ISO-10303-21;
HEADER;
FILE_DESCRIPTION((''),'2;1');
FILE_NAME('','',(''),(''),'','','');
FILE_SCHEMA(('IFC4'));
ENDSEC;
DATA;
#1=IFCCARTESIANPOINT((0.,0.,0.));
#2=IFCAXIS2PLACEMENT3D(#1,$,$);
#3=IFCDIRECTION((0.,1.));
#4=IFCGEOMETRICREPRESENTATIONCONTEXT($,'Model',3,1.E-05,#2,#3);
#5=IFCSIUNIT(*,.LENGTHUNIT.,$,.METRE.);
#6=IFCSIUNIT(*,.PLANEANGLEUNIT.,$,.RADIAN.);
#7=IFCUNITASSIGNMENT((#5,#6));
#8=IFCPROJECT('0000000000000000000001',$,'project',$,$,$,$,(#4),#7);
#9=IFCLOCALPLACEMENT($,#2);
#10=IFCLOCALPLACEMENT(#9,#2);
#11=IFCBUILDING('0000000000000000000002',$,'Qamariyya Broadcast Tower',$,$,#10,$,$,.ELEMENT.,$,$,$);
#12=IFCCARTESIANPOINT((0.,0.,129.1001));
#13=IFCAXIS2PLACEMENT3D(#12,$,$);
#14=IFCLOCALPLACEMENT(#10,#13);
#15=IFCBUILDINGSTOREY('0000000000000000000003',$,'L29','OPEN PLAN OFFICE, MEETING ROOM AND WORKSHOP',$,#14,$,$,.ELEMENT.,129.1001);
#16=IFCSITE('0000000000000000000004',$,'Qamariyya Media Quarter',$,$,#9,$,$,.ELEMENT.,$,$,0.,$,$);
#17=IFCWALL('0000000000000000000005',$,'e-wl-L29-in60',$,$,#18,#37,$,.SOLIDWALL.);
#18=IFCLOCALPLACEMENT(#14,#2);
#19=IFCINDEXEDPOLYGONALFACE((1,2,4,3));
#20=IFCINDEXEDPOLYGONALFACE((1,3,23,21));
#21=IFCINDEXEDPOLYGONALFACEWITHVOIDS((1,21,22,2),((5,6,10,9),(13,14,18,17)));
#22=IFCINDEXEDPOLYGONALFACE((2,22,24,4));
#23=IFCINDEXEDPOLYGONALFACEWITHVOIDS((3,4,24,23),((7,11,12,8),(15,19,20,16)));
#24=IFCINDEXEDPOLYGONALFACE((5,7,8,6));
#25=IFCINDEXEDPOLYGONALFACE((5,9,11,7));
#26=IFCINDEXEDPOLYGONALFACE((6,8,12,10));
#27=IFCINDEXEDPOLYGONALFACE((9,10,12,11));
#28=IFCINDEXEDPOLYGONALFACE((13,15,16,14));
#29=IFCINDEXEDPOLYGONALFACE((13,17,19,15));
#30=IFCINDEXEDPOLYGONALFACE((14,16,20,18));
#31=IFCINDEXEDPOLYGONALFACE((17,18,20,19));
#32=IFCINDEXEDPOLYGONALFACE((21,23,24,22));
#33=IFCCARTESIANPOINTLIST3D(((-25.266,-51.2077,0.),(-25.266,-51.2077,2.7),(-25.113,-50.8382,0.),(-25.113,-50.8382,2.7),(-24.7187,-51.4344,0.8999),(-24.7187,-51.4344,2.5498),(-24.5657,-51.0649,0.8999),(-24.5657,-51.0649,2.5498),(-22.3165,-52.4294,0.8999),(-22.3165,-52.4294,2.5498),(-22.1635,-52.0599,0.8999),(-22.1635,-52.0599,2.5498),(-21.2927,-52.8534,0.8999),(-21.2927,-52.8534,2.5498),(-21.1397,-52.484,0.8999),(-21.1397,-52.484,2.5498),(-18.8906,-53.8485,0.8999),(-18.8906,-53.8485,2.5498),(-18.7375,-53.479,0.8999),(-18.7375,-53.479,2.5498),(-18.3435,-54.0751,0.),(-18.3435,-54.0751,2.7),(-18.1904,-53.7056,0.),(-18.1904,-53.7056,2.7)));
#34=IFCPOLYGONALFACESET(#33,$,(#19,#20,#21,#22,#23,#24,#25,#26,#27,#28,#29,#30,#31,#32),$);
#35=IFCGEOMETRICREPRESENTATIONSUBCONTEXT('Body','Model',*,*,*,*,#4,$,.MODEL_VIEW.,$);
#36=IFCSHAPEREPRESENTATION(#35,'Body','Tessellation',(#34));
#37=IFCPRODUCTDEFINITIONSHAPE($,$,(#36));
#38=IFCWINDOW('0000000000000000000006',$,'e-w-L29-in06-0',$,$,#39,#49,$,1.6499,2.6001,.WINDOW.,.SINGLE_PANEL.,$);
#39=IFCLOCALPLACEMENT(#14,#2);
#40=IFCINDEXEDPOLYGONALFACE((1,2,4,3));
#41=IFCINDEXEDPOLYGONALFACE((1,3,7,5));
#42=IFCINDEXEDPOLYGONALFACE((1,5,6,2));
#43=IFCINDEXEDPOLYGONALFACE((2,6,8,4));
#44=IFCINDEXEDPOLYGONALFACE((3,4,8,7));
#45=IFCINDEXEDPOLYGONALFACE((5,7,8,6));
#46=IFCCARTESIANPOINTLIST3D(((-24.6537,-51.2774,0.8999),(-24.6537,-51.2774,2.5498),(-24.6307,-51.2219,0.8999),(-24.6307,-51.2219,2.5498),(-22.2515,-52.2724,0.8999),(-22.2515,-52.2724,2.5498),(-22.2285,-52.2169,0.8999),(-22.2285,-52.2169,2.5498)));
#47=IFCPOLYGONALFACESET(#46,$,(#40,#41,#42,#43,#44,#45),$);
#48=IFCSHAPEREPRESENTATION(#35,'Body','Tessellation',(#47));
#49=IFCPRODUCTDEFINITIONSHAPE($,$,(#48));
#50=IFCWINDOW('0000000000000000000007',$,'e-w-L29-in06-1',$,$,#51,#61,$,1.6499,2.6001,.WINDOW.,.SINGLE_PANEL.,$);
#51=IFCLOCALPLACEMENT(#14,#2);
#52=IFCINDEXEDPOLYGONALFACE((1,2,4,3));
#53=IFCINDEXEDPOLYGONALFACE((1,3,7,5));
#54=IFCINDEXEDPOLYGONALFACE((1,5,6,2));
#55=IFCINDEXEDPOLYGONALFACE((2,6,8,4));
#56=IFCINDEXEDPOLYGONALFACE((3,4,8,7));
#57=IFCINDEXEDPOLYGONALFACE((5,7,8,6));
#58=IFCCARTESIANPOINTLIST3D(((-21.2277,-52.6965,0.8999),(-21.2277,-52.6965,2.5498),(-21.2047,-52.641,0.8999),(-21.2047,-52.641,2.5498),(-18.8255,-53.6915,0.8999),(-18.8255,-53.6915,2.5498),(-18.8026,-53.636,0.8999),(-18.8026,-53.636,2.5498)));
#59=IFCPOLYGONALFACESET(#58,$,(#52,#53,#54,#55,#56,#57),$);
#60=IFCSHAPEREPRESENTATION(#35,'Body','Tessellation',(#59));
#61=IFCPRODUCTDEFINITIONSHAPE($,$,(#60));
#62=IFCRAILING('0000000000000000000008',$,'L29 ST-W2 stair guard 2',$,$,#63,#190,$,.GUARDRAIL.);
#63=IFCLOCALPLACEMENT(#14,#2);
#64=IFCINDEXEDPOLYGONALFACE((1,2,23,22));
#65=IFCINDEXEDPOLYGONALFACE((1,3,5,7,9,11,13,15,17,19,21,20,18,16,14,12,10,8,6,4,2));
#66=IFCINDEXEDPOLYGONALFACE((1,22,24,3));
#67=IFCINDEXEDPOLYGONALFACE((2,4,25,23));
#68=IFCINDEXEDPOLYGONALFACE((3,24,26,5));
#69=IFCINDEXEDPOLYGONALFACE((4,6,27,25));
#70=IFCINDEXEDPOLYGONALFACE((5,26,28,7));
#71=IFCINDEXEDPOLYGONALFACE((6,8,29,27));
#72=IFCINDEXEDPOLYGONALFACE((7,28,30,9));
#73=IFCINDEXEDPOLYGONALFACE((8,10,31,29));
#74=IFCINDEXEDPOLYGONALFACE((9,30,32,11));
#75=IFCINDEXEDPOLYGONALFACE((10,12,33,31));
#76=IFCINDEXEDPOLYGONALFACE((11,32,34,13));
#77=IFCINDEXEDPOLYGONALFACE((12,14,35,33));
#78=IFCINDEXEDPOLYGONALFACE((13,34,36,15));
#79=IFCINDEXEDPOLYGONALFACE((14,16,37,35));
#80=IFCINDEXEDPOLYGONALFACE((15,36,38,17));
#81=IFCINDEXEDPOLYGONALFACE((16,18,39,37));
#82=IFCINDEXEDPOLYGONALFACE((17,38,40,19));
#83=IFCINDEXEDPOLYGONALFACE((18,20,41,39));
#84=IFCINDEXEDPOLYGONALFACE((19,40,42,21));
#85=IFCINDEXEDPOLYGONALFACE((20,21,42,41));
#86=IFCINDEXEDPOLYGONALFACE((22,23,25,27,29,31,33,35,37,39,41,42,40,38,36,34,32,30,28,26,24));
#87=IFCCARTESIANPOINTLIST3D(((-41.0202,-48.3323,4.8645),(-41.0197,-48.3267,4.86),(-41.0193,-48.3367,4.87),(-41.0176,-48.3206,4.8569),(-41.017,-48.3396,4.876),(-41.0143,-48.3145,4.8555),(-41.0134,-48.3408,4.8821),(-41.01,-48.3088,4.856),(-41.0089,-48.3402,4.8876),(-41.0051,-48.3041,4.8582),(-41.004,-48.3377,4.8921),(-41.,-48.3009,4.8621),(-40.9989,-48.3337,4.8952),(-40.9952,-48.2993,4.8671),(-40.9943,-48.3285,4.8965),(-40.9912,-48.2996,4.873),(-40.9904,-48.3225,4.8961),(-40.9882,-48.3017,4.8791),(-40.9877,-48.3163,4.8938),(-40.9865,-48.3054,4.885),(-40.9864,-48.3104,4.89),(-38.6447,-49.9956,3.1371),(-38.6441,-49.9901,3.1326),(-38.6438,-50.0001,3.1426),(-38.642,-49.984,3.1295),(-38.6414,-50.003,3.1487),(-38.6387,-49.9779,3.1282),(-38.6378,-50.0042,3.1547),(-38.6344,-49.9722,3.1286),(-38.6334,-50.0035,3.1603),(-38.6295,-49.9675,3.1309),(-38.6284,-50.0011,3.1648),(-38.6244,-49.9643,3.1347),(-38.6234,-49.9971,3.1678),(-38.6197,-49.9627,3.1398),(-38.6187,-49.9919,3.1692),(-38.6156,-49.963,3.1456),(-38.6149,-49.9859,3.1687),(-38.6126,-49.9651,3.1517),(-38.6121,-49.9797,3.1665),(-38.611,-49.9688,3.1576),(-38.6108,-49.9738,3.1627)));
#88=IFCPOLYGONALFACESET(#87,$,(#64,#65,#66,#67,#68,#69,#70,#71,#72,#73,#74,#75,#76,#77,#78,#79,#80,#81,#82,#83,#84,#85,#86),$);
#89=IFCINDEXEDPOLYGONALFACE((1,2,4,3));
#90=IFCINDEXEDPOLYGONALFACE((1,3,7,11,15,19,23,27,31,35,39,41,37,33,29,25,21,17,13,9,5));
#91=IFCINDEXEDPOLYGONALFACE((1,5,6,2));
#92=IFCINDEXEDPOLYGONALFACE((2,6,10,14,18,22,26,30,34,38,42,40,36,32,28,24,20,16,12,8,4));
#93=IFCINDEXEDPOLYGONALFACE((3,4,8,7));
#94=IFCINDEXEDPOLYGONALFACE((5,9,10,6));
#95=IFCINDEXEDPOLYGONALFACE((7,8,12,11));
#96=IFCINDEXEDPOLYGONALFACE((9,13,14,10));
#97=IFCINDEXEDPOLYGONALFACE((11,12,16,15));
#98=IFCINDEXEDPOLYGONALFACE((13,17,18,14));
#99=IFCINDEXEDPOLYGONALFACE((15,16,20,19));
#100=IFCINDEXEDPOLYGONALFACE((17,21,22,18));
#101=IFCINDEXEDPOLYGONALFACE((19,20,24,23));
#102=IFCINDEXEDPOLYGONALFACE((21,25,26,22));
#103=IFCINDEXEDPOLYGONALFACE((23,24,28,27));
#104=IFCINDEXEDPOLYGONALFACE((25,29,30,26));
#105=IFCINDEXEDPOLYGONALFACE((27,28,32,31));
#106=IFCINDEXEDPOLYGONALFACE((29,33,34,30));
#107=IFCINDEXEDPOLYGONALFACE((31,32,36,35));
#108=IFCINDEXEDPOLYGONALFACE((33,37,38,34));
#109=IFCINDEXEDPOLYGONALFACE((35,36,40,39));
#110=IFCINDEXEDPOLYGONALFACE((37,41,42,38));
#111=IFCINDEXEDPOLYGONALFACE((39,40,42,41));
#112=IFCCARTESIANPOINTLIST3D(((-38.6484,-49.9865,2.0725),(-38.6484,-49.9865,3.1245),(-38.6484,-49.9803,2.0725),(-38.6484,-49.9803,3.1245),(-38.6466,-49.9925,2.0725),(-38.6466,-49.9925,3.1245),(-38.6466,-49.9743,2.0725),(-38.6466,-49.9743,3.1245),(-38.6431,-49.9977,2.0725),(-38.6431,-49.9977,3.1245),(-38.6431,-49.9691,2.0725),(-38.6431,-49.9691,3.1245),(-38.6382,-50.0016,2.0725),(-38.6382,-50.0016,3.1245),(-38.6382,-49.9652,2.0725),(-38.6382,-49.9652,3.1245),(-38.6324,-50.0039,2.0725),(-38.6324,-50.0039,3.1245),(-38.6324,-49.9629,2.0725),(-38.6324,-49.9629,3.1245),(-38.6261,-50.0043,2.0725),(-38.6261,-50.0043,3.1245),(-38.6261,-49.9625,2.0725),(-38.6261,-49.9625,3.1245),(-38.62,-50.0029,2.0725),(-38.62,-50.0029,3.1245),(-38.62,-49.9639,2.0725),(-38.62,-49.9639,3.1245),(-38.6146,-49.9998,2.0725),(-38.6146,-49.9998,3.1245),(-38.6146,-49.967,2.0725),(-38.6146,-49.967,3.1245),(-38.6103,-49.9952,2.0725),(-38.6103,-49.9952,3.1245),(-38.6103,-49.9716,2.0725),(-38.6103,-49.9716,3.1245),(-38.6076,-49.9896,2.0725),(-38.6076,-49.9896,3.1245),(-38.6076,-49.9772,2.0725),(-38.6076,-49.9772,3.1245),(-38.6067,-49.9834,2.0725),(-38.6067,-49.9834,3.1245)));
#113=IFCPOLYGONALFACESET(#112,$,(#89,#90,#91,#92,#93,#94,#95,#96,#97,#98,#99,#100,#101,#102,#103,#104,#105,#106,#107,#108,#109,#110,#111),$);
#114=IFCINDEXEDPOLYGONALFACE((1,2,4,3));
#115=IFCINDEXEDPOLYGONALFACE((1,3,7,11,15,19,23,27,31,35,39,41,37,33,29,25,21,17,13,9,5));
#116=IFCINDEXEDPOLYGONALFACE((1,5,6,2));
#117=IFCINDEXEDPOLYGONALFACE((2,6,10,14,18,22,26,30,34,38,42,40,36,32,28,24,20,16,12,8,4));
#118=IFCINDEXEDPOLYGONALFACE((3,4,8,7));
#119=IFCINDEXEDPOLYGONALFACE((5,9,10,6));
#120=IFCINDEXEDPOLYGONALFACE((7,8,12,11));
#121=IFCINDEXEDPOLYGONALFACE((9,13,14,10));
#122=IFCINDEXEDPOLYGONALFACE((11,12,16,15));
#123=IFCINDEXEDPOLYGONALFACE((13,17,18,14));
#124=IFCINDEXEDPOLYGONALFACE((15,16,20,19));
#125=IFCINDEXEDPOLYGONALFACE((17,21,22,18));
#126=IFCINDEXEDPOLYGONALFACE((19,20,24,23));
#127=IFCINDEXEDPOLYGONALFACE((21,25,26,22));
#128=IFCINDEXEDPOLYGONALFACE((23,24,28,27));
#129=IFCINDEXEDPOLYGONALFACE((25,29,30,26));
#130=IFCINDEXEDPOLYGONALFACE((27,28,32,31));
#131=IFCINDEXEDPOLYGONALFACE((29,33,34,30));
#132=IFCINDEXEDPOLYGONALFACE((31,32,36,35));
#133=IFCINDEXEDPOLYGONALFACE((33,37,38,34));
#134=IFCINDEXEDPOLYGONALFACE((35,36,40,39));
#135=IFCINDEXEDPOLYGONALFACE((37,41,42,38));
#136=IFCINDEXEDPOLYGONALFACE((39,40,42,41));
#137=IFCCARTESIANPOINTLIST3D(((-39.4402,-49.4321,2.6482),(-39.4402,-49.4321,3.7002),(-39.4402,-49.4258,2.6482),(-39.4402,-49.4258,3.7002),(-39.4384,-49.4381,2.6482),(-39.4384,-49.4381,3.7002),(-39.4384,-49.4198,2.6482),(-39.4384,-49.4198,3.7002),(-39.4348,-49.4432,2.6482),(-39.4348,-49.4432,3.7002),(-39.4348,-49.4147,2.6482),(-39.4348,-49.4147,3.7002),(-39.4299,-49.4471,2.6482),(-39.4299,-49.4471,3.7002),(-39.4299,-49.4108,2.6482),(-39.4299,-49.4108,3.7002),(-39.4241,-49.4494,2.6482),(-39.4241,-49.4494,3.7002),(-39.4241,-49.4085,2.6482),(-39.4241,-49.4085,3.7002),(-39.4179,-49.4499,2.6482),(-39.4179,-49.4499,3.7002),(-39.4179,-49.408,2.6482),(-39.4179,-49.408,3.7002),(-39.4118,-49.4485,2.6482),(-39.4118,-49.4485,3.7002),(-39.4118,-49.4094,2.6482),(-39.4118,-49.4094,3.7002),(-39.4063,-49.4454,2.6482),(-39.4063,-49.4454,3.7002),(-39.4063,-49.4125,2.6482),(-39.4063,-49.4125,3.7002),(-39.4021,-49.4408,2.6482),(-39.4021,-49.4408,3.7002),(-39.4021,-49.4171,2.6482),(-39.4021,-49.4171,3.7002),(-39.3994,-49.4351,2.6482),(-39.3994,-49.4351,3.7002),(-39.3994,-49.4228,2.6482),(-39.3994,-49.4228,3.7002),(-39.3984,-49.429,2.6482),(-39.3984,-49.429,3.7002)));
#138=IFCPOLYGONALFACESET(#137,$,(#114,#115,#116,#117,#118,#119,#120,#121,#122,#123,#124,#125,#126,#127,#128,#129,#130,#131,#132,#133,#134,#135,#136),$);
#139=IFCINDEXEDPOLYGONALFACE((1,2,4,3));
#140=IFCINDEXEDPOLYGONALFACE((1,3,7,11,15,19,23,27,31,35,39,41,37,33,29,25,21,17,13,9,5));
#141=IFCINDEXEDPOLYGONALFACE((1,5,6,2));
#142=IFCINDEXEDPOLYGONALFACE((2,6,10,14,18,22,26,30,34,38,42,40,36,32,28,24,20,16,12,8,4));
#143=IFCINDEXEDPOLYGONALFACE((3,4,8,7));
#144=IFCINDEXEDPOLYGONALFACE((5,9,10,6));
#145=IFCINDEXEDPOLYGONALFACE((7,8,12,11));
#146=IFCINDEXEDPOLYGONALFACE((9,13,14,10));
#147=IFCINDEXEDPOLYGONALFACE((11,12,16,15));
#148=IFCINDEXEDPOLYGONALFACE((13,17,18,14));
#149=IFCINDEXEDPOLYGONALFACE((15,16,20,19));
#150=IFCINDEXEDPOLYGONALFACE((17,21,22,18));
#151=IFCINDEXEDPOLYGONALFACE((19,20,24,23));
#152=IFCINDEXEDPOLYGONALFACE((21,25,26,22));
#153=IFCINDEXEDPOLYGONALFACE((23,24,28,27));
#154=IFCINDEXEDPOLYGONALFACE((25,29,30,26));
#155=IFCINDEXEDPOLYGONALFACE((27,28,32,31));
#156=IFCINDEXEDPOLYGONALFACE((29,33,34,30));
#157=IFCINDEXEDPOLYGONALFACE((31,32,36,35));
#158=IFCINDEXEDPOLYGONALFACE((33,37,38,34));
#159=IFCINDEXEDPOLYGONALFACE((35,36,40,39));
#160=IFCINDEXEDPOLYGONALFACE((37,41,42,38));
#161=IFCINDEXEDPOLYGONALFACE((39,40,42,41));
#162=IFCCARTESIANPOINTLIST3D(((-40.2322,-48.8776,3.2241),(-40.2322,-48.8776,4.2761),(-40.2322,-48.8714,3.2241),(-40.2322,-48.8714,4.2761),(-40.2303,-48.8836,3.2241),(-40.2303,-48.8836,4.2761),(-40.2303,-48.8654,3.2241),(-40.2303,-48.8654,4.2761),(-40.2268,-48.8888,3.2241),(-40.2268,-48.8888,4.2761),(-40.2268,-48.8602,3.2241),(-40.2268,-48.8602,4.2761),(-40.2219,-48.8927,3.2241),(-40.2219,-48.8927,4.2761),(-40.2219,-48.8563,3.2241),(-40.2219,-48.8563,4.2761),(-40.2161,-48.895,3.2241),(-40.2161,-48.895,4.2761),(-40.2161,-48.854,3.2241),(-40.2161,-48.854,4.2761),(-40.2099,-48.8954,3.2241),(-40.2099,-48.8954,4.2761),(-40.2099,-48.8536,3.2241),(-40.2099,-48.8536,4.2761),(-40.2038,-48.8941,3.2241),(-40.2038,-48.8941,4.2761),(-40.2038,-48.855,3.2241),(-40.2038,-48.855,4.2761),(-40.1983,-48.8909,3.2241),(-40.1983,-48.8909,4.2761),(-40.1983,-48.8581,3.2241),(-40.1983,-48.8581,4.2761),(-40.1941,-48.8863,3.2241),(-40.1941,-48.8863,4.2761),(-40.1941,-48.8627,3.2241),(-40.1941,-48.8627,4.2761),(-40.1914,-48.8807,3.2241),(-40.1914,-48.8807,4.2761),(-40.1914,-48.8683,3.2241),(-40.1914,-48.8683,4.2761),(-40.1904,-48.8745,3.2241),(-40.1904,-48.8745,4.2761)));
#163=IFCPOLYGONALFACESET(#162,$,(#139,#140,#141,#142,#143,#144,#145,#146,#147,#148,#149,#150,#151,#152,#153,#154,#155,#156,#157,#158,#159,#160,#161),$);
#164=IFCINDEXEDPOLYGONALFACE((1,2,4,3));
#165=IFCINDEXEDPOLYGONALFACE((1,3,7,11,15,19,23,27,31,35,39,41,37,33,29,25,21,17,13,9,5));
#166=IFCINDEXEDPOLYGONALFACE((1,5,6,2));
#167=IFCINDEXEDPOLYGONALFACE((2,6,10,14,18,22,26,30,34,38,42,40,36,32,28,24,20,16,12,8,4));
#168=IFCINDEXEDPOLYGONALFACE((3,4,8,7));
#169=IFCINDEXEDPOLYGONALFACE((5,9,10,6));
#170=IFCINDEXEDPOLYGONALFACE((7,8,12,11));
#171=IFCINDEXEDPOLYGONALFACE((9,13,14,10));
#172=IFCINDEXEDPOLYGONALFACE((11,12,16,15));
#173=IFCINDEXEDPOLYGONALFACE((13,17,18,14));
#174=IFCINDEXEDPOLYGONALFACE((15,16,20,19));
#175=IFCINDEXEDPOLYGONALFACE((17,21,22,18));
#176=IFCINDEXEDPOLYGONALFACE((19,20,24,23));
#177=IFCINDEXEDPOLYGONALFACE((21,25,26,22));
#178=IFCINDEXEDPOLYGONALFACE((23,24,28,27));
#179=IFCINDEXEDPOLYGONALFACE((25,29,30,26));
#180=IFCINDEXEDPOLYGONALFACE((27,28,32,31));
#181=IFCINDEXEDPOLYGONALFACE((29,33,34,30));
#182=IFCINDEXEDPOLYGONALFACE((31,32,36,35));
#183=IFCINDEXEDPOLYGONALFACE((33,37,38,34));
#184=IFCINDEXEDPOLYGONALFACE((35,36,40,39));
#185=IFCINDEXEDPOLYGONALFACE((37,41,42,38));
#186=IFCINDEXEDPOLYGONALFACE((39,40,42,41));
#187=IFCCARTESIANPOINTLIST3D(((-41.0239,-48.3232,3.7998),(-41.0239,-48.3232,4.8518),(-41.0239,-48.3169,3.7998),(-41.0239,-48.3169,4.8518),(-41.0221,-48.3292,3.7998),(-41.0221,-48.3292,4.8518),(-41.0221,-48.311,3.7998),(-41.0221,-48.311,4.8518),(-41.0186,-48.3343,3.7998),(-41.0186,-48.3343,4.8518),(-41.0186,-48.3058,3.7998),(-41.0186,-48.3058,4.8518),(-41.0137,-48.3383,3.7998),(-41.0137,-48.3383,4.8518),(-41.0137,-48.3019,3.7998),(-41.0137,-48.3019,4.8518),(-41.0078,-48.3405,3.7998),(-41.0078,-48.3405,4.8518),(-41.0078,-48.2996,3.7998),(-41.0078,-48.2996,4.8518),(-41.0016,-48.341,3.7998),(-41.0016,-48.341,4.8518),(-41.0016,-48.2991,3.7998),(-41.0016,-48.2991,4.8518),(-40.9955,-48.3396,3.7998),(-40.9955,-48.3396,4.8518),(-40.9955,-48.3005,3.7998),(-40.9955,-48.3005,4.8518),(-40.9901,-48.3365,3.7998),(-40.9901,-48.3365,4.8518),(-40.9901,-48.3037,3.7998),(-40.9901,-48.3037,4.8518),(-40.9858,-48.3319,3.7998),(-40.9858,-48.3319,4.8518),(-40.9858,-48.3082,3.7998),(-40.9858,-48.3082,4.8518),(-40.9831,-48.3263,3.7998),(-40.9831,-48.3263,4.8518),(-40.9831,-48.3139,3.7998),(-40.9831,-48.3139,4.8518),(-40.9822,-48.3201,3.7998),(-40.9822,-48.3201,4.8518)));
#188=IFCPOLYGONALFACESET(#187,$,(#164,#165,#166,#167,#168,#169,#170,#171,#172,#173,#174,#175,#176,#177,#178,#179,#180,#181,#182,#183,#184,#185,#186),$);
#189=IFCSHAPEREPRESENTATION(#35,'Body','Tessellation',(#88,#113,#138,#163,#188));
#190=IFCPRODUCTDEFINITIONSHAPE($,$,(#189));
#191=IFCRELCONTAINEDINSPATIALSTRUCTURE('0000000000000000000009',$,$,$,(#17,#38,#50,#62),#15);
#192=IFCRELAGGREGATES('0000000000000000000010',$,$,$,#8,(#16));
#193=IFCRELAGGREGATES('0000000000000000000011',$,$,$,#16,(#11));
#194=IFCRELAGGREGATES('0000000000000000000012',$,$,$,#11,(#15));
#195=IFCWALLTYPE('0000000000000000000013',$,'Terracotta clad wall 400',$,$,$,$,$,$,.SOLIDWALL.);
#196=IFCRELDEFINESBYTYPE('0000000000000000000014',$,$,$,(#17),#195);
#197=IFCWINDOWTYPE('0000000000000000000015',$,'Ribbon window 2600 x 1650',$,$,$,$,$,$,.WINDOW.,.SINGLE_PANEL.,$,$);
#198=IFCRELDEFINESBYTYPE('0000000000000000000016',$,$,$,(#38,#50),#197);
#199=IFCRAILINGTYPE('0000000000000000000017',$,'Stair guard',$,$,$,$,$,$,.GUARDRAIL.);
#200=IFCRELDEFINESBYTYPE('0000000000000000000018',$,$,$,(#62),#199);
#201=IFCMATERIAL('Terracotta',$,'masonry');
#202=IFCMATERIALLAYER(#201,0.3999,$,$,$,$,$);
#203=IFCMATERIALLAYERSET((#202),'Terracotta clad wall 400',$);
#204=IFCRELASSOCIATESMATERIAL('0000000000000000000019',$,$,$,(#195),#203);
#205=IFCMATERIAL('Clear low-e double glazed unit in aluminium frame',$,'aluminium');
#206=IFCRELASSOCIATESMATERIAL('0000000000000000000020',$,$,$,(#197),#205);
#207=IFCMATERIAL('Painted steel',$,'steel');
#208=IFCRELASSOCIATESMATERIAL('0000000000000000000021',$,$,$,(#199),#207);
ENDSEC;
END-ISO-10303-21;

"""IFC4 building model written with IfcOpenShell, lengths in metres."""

from ifc_helpers import new_model, si_unit, direction, frame, frame_2d, origin, origin_2d, place, context, subcontext, project, spatial, rectangle, circle, extrude, material, layer, layer_set, type_object, element, fill, save


model = new_model("IFC4")

# Units and contexts
model_context = context("Model", 3, precision=1e-05, world=origin(), true_north=direction((0.0, 1.0)))
body_context = subcontext(model_context, "Body", "Model", "MODEL_VIEW")
ifc_project = project(units=[si_unit("LENGTHUNIT", "METRE"), si_unit("PLANEANGLEUNIT", "RADIAN")], contexts=[model_context])

# Site, building, storey
site_placement = place(None, origin())
site = spatial("IfcSite", under=ifc_project, at=site_placement, Name="Qamariyya Media Quarter", CompositionType="ELEMENT", RefElevation=0.0)
building_placement = place(site_placement, origin())
building = spatial("IfcBuilding", under=site, at=building_placement, Name="Qamariyya Broadcast Tower", CompositionType="ELEMENT")
storey_placement = place(building_placement, frame((0.0, 0.0, 129.1001)))
storey = spatial("IfcBuildingStorey", under=building, at=storey_placement, Name="L29", Description="OPEN PLAN OFFICE, MEETING ROOM AND WORKSHOP", CompositionType="ELEMENT", Elevation=129.1001)

# Wall, openings, windows
ifc_material_1 = material(Name="Terracotta", Category="masonry")
ifc_layer_1 = layer(ifc_material_1, 0.3999)
ifc_layer_set_1 = layer_set([ifc_layer_1], Name="Terracotta clad wall 400")
wall_type_1 = type_object("IfcWallType", Name="Terracotta clad wall 400", PredefinedType="SOLIDWALL", material=ifc_layer_set_1)
ifc_material_2 = material(Name="Clear low-e double glazed unit in aluminium frame", Category="aluminium")
window_type = type_object("IfcWindowType", Name="Ribbon window 2600 x 1650", PartitioningType="SINGLE_PANEL", PredefinedType="WINDOW", material=ifc_material_2)
wall_1_placement = place(storey_placement, frame((-18.2668, -53.8904, 0.0), z_axis=(0.0, 0.0, 1.0), x_axis=(-0.92388, 0.382683, 0.0)))
wall_1 = element("IfcWall", 1, at=wall_1_placement, inside=storey, type_object=wall_type_1, Name="e-wl-L29-in60", PredefinedType="SOLIDWALL", context=body_context, shape_type="SweptSolid", body=[
    extrude(rectangle(XDim=7.4929, YDim=0.3999, at=frame_2d((3.7466, 0.0))), origin(), (0.0, 0.0, 1.0), 2.7),
])
opening_1_placement = place(wall_1_placement, frame((4.3005, 0.0, 0.8999)))
opening_1 = element("IfcOpeningElement", 2, at=opening_1_placement, cuts=wall_1, PredefinedType="OPENING", context=body_context, shape_type="SweptSolid", body=[
    extrude(rectangle(XDim=2.6001, YDim=1.6499, at=frame_2d((1.3, 0.825))), frame((0.0, 0.21, 0.0), z_axis=(0.0, -1.0, 0.0), x_axis=(1.0, 0.0, 0.0)), (0.0, 0.0, 1.0), 0.4199),
])
opening_2_placement = place(wall_1_placement, frame((0.5923, 0.0, 0.8999)))
opening_2 = element("IfcOpeningElement", 3, at=opening_2_placement, cuts=wall_1, PredefinedType="OPENING", context=body_context, shape_type="SweptSolid", body=[
    extrude(rectangle(XDim=2.6001, YDim=1.6499, at=frame_2d((1.3, 0.825))), frame((0.0, 0.21, 0.0), z_axis=(0.0, -1.0, 0.0), x_axis=(1.0, 0.0, 0.0)), (0.0, 0.0, 1.0), 0.4199),
])
window_1_placement = place(opening_1_placement, origin())
window_1 = element("IfcWindow", 4, at=window_1_placement, inside=storey, type_object=window_type, Name="e-w-L29-in06-0", OverallHeight=1.6499, OverallWidth=2.6001, PartitioningType="SINGLE_PANEL", PredefinedType="WINDOW", context=body_context, shape_type="SweptSolid", body=[
    extrude(rectangle(XDim=2.6001, YDim=1.6499, at=frame_2d((1.3, 0.825))), frame((0.0, 0.03, 0.0), z_axis=(0.0, -1.0, 0.0), x_axis=(1.0, 0.0, 0.0)), (0.0, 0.0, 1.0), 0.0601),
])
fill(opening_1, window_1)
window_2_placement = place(opening_2_placement, origin())
window_2 = element("IfcWindow", 5, at=window_2_placement, inside=storey, type_object=window_type, Name="e-w-L29-in06-1", OverallHeight=1.6499, OverallWidth=2.6001, PartitioningType="SINGLE_PANEL", PredefinedType="WINDOW", context=body_context, shape_type="SweptSolid", body=[
    extrude(rectangle(XDim=2.6001, YDim=1.6499, at=frame_2d((1.3, 0.825))), frame((0.0, 0.03, 0.0), z_axis=(0.0, -1.0, 0.0), x_axis=(1.0, 0.0, 0.0)), (0.0, 0.0, 1.0), 0.0601),
])
fill(opening_2, window_2)

# Railing
ifc_material_3 = material(Name="Painted steel", Category="steel")
railing_type_1 = type_object("IfcRailingType", Name="Stair guard", PredefinedType="GUARDRAIL", material=ifc_material_3)
railing_1_placement = place(storey_placement, frame((-38.6277, -49.9834, 2.0725)))
element("IfcRailing", 6, at=railing_1_placement, inside=storey, type_object=railing_type_1, Name="L29 ST-W2 stair guard 2", PredefinedType="GUARDRAIL", context=body_context, shape_type="SweptSolid", body=[
    extrude(circle(Radius=0.0239, at=origin_2d()), frame((0.0, 0.0, 1.0762), z_axis=(-0.70377, 0.492784, 0.511734), x_axis=(-0.573575, -0.819153, 0.0)), (0.0, 0.0, 1.0), 3.3755),
    extrude(circle(Radius=0.021, at=origin_2d()), origin(), (0.0, 0.0, 1.0), 1.052),
    extrude(circle(Radius=0.021, at=origin_2d()), frame((-0.7917, 0.5544, 0.5757)), (0.0, 0.0, 1.0), 1.052),
    extrude(circle(Radius=0.021, at=origin_2d()), frame((-1.5837, 1.1089, 1.1516)), (0.0, 0.0, 1.0), 1.052),
    extrude(circle(Radius=0.021, at=origin_2d()), frame((-2.3755, 1.6633, 1.7273)), (0.0, 0.0, 1.0), 1.052),
])

save(model, "model.ifc")
